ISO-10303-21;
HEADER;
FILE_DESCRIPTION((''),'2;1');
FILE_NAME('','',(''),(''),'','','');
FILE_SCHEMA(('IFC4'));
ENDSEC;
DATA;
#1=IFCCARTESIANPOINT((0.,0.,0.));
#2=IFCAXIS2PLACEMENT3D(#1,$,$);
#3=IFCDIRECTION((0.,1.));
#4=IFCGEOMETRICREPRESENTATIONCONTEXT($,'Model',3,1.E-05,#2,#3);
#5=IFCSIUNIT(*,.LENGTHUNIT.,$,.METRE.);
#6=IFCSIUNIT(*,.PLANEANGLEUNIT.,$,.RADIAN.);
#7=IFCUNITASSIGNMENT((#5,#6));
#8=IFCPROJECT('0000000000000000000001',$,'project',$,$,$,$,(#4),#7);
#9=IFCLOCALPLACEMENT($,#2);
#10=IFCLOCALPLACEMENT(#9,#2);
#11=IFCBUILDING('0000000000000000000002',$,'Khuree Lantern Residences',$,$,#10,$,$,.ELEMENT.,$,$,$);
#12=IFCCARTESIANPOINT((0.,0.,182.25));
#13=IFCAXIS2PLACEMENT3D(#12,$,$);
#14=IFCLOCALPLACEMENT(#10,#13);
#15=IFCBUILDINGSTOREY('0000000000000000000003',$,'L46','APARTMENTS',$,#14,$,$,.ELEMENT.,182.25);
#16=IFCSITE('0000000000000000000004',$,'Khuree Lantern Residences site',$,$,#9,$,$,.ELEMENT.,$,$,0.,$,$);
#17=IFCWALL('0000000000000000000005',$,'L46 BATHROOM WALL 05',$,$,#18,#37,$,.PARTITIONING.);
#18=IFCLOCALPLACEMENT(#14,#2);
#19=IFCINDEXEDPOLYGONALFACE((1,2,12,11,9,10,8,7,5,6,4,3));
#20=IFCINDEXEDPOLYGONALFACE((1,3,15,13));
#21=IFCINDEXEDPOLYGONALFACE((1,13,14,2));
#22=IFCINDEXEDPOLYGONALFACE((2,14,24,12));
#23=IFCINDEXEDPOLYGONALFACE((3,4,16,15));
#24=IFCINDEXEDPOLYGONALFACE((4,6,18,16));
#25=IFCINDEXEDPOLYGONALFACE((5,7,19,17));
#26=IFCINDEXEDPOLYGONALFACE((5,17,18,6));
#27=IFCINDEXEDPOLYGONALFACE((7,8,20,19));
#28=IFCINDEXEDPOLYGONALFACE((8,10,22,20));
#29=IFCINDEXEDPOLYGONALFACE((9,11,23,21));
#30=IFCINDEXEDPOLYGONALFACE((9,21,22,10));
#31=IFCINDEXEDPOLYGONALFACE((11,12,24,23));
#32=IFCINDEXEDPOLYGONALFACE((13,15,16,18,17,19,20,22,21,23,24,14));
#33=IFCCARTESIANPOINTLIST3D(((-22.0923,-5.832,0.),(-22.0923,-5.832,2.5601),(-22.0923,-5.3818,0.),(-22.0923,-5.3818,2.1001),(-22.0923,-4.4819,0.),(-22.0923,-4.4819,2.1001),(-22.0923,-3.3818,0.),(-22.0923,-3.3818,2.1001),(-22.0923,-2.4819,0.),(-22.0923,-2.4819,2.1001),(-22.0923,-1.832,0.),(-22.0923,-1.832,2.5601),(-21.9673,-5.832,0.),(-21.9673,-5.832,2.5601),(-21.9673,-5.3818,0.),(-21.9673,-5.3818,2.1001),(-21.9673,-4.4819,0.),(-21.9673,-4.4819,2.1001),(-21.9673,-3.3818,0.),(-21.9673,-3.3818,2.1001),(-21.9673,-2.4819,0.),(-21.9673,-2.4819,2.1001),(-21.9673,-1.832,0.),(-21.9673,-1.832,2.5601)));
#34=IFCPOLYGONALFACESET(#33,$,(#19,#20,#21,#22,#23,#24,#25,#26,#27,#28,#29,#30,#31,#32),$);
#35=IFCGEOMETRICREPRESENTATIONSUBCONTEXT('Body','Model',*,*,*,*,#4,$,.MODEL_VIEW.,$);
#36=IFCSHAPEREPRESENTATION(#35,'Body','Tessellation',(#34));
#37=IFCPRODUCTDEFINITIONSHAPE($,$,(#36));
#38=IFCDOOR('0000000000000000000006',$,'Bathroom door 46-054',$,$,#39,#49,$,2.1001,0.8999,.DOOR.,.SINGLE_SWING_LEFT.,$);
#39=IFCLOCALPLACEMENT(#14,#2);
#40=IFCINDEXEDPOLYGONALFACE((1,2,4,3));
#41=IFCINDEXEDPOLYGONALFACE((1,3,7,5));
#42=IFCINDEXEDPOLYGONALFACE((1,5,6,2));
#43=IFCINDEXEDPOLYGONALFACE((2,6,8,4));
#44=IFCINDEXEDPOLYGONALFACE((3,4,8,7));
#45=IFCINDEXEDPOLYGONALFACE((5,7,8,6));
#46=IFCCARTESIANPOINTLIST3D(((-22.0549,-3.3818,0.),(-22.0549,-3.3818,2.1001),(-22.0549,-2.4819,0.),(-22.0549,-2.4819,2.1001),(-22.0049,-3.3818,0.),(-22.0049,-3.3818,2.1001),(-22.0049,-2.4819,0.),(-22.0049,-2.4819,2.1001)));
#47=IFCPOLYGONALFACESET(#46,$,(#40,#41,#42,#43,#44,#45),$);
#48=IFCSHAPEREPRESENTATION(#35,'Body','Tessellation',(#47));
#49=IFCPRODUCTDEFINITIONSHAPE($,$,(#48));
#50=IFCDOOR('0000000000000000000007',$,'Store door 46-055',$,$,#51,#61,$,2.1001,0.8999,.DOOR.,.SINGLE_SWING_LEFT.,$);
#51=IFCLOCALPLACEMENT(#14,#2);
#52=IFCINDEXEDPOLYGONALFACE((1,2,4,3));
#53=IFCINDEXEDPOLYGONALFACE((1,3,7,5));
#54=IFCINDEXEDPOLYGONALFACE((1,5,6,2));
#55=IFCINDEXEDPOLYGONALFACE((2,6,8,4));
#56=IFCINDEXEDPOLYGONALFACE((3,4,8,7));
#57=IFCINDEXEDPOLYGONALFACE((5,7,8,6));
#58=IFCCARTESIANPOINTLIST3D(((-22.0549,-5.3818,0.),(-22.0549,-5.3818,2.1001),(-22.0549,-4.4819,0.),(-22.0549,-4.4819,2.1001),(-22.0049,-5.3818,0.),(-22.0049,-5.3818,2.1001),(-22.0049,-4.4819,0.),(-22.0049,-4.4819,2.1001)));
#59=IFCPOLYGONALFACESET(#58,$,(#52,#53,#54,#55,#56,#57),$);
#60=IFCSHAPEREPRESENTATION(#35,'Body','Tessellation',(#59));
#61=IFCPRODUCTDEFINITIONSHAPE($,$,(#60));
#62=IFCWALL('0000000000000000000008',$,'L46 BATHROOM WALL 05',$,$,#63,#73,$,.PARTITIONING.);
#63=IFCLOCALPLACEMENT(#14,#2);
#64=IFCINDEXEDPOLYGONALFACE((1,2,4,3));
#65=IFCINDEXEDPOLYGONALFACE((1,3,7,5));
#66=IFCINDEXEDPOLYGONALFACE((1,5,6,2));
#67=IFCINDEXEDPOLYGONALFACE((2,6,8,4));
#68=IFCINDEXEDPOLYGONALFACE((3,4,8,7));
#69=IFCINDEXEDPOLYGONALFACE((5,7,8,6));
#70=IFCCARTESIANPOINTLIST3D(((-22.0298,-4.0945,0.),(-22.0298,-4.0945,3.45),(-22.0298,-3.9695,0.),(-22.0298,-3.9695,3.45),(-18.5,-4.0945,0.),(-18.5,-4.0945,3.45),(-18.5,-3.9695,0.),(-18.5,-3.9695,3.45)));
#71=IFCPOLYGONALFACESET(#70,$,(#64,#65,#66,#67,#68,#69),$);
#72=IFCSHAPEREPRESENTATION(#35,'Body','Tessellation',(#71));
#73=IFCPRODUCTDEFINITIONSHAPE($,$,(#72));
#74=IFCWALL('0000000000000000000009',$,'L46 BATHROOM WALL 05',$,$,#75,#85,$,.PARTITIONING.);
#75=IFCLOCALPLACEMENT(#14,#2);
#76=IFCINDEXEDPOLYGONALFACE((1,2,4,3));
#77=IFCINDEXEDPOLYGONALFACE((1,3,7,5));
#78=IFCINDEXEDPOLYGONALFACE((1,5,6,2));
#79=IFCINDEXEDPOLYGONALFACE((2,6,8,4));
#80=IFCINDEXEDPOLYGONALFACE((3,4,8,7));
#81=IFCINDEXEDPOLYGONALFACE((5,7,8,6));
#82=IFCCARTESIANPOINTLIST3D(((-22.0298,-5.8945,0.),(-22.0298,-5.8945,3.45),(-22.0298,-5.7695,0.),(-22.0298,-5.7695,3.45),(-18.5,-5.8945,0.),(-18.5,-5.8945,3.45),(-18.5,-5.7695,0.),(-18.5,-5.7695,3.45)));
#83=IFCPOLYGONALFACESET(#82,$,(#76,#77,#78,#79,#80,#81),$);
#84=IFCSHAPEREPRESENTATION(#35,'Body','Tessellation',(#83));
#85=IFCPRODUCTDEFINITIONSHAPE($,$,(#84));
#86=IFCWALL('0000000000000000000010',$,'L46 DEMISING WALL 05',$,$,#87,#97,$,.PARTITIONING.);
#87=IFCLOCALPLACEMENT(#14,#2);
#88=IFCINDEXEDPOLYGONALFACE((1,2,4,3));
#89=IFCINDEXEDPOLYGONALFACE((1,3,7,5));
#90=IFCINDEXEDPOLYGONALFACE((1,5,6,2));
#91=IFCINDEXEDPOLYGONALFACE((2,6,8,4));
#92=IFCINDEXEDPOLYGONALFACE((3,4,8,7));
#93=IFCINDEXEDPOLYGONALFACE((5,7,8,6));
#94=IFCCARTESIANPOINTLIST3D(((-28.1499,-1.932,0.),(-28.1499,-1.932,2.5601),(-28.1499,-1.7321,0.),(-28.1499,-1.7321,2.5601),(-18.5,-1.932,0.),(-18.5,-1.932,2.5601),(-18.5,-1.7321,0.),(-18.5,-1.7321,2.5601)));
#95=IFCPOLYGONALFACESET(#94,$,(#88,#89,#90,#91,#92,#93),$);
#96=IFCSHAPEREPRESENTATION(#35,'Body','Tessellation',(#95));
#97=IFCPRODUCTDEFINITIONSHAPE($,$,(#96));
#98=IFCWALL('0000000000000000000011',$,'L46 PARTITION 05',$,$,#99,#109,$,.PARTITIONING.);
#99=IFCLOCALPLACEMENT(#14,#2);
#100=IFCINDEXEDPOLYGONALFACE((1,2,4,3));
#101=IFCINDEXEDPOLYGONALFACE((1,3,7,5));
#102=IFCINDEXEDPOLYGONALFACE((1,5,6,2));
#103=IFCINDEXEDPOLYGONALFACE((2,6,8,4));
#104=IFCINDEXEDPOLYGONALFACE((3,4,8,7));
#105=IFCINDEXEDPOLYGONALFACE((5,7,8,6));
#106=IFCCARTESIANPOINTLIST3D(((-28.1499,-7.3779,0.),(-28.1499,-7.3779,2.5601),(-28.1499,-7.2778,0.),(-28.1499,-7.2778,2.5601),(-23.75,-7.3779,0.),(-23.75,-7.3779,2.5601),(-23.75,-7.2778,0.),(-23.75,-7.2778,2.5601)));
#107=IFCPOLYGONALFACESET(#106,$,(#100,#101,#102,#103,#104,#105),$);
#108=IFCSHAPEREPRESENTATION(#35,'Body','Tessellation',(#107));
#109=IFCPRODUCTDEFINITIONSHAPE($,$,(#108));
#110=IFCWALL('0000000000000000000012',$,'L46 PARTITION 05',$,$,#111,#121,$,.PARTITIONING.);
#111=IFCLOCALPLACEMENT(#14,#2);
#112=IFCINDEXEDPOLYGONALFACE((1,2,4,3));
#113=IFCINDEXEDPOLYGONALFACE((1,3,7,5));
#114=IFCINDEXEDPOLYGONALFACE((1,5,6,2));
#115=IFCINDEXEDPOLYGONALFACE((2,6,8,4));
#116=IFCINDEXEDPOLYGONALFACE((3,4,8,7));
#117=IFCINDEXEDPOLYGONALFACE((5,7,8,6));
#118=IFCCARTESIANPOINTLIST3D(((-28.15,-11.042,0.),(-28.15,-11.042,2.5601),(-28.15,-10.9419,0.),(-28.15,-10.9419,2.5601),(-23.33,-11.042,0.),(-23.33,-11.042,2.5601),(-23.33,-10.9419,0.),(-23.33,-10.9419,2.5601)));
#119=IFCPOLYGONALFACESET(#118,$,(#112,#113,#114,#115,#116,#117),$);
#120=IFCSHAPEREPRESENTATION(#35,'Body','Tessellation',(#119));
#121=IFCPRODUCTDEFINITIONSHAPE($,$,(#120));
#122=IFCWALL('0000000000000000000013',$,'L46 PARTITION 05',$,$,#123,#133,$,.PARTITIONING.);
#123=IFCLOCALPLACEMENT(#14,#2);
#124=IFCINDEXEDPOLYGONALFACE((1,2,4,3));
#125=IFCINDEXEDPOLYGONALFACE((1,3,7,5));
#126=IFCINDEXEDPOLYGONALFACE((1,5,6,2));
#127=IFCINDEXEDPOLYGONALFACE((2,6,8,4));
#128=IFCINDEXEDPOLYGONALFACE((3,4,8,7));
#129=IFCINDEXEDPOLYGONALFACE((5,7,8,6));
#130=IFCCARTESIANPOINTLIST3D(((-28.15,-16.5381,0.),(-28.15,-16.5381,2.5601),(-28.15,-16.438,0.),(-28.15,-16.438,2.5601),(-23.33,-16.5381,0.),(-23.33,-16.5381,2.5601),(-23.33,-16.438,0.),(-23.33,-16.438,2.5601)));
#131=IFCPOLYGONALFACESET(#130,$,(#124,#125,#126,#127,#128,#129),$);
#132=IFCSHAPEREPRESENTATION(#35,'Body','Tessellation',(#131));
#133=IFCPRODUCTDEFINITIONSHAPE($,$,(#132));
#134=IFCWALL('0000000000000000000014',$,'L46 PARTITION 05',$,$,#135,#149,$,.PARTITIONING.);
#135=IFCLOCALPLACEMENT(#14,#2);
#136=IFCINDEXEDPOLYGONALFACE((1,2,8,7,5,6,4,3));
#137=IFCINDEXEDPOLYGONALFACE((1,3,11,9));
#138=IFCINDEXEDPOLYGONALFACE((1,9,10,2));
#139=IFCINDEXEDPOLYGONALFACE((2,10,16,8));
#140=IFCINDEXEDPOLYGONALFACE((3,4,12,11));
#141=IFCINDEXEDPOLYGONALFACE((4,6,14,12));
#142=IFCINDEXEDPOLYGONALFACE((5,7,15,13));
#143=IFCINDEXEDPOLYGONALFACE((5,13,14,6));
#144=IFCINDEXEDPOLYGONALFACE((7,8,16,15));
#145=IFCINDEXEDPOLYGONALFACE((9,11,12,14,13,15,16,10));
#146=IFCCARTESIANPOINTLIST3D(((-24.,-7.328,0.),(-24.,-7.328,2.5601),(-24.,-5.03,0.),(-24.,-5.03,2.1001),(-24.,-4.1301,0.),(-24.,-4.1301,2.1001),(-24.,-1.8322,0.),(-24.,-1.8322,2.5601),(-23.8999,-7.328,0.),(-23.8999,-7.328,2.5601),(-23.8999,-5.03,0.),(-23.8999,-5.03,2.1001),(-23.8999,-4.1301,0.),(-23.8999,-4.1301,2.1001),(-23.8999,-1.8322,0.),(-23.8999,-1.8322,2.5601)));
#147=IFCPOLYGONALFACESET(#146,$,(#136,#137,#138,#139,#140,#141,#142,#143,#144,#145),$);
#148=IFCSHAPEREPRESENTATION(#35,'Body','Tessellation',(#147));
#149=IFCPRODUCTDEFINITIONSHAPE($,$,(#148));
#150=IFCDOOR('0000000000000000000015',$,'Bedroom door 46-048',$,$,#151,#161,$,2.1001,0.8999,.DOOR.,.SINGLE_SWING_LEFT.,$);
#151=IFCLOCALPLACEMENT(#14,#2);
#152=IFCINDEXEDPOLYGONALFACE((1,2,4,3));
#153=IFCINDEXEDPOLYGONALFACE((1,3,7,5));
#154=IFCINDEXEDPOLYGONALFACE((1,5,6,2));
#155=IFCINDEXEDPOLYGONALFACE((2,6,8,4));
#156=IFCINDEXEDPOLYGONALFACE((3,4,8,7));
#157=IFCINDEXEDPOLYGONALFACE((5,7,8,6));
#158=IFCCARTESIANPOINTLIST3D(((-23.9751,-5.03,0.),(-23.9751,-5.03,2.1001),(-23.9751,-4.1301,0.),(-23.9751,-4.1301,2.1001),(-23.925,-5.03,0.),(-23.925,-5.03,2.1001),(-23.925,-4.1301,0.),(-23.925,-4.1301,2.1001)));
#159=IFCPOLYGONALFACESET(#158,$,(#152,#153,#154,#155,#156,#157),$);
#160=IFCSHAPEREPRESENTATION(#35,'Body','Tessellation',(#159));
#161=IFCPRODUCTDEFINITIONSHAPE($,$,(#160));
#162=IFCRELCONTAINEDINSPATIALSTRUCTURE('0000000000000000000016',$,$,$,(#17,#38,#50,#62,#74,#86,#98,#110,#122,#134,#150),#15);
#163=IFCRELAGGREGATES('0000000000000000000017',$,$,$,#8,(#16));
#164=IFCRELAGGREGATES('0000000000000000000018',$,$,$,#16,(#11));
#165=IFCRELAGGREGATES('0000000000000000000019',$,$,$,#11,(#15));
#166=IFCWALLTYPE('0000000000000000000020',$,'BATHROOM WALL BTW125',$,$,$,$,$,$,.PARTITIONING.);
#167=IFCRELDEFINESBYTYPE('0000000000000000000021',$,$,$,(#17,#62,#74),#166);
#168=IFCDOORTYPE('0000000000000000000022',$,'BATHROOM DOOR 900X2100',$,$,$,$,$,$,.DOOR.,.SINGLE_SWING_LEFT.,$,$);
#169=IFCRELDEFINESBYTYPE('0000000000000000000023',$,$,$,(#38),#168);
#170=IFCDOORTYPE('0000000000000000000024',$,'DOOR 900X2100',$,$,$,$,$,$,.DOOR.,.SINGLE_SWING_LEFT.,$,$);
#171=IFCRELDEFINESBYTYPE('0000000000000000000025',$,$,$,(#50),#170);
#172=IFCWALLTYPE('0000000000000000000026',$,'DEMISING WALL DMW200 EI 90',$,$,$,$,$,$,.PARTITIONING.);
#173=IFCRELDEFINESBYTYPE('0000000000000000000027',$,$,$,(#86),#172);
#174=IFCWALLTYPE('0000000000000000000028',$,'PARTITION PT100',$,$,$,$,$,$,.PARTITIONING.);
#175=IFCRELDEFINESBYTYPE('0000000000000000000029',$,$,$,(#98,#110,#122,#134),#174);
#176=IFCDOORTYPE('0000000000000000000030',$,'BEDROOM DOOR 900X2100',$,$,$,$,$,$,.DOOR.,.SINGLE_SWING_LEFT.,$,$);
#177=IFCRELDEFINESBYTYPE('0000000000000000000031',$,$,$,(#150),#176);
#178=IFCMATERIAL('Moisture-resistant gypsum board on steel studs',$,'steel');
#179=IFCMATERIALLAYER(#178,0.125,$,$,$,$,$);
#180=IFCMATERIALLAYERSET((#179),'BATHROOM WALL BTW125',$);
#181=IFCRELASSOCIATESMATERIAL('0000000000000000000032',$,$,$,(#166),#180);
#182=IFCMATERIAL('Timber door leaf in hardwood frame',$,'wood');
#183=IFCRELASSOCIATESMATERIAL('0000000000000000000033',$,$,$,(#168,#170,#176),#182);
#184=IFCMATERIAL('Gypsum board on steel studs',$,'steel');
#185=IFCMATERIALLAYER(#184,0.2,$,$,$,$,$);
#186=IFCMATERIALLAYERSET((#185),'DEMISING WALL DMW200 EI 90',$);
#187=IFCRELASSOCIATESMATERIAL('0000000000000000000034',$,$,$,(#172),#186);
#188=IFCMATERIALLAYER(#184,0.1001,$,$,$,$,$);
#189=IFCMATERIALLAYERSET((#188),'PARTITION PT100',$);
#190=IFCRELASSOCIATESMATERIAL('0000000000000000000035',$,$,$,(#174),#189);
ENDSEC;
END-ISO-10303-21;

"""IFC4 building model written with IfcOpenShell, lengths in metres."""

from ifc_helpers import new_model, si_unit, direction, frame, frame_2d, origin, place, context, subcontext, project, spatial, rectangle, extrude, material, layer, layer_set, type_object, element, fill, save


model = new_model("IFC4")

# Units and contexts
model_context = context("Model", 3, precision=1e-05, world=origin(), true_north=direction((0.0, 1.0)))
body_context = subcontext(model_context, "Body", "Model", "MODEL_VIEW")
ifc_project = project(units=[si_unit("LENGTHUNIT", "METRE"), si_unit("PLANEANGLEUNIT", "RADIAN")], contexts=[model_context])

# Site, building, storey
site_placement = place(None, origin())
site = spatial("IfcSite", under=ifc_project, at=site_placement, Name="Khuree Lantern Residences site", CompositionType="ELEMENT", RefElevation=0.0)
building_placement = place(site_placement, origin())
building = spatial("IfcBuilding", under=site, at=building_placement, Name="Khuree Lantern Residences", CompositionType="ELEMENT")
storey_placement = place(building_placement, frame((0.0, 0.0, 182.25)))
storey = spatial("IfcBuildingStorey", under=building, at=storey_placement, Name="L46", Description="APARTMENTS", CompositionType="ELEMENT", Elevation=182.25)

# Shared definitions
ifc_material_1 = material(Name="Moisture-resistant gypsum board on steel studs", Category="steel")
ifc_layer_1 = layer(ifc_material_1, 0.125)
ifc_layer_set_1 = layer_set([ifc_layer_1], Name="BATHROOM WALL BTW125")
wall_type_1 = type_object("IfcWallType", Name="BATHROOM WALL BTW125", PredefinedType="PARTITIONING", material=ifc_layer_set_1)

# Wall, openings, doors
wall_1_placement = place(storey_placement, frame((-22.0298, -1.832, 0.0), z_axis=(0.0, 0.0, 1.0), x_axis=(0.0, -1.0, 0.0)))
wall_1 = element("IfcWall", 1, at=wall_1_placement, inside=storey, type_object=wall_type_1, Name="L46 BATHROOM WALL 05", PredefinedType="PARTITIONING", context=body_context, shape_type="SweptSolid", body=[
    extrude(rectangle(XDim=4.0, YDim=0.125, at=frame_2d((2.0, 0.0))), origin(), (0.0, 0.0, 1.0), 2.5601),
])
opening_1_placement = place(wall_1_placement, frame((0.6499, 0.0, 0.0)))
opening_1 = element("IfcOpeningElement", 2, at=opening_1_placement, cuts=wall_1, PredefinedType="OPENING", context=body_context, shape_type="SweptSolid", body=[
    extrude(rectangle(XDim=0.8999, YDim=2.1001, at=frame_2d((0.45, 1.05))), frame((0.0, 0.0725, 0.0), z_axis=(0.0, -1.0, 0.0), x_axis=(1.0, 0.0, 0.0)), (0.0, 0.0, 1.0), 0.145),
])
opening_2_placement = place(wall_1_placement, frame((2.6499, 0.0, 0.0)))
opening_2 = element("IfcOpeningElement", 3, at=opening_2_placement, cuts=wall_1, PredefinedType="OPENING", context=body_context, shape_type="SweptSolid", body=[
    extrude(rectangle(XDim=0.8999, YDim=2.1001, at=frame_2d((0.45, 1.05))), frame((0.0, 0.0725, 0.0), z_axis=(0.0, -1.0, 0.0), x_axis=(1.0, 0.0, 0.0)), (0.0, 0.0, 1.0), 0.145),
])
ifc_material_2 = material(Name="Timber door leaf in hardwood frame", Category="wood")
door_type_1 = type_object("IfcDoorType", Name="BATHROOM DOOR 900X2100", OperationType="SINGLE_SWING_LEFT", PredefinedType="DOOR", material=ifc_material_2)
door_1_placement = place(opening_1_placement, origin())
door_1 = element("IfcDoor", 4, at=door_1_placement, inside=storey, type_object=door_type_1, Name="Bathroom door 46-054", OperationType="SINGLE_SWING_LEFT", OverallHeight=2.1001, OverallWidth=0.8999, PredefinedType="DOOR", context=body_context, shape_type="SweptSolid", body=[
    extrude(rectangle(XDim=0.8999, YDim=2.1001, at=frame_2d((0.45, 1.05))), frame((0.0, 0.0249, 0.0), z_axis=(0.0, -1.0, 0.0), x_axis=(1.0, 0.0, 0.0)), (0.0, 0.0, 1.0), 0.05),
])
fill(opening_1, door_1)
door_type_2 = type_object("IfcDoorType", Name="DOOR 900X2100", OperationType="SINGLE_SWING_LEFT", PredefinedType="DOOR", material=ifc_material_2)
door_2_placement = place(opening_2_placement, origin())
door_2 = element("IfcDoor", 5, at=door_2_placement, inside=storey, type_object=door_type_2, Name="Store door 46-055", OperationType="SINGLE_SWING_LEFT", OverallHeight=2.1001, OverallWidth=0.8999, PredefinedType="DOOR", context=body_context, shape_type="SweptSolid", body=[
    extrude(rectangle(XDim=0.8999, YDim=2.1001, at=frame_2d((0.45, 1.05))), frame((0.0, 0.0249, 0.0), z_axis=(0.0, -1.0, 0.0), x_axis=(1.0, 0.0, 0.0)), (0.0, 0.0, 1.0), 0.05),
])
fill(opening_2, door_2)

# Walls
for number, where, z_axis, x_axis, name in (
    (6, (-18.5, -4.032, 0.0), (0.0, 0.0, 1.0), (-1.0, 0.0, 0.0), "L46 BATHROOM WALL 05"),
    (7, (-18.5, -5.832, 0.0), (0.0, 0.0, 1.0), (-1.0, 0.0, 0.0), "L46 BATHROOM WALL 05"),
):
    element("IfcWall", number, at=place(storey_placement, frame(where, z_axis=z_axis, x_axis=x_axis)), inside=storey, type_object=wall_type_1, Name=name, PredefinedType="PARTITIONING", context=body_context, shape_type="SweptSolid", body=[
        extrude(rectangle(XDim=3.5298, YDim=0.125, at=frame_2d((1.7649, 0.0))), origin(), (0.0, 0.0, 1.0), 3.45),
    ])
ifc_material_3 = material(Name="Gypsum board on steel studs", Category="steel")
ifc_layer_2 = layer(ifc_material_3, 0.2)
ifc_layer_set_2 = layer_set([ifc_layer_2], Name="DEMISING WALL DMW200 EI 90")
wall_type_2 = type_object("IfcWallType", Name="DEMISING WALL DMW200 EI 90", PredefinedType="PARTITIONING", material=ifc_layer_set_2)
wall_2_placement = place(storey_placement, frame((-18.5, -1.832, 0.0), z_axis=(0.0, 0.0, 1.0), x_axis=(-1.0, 0.0, 0.0)))
element("IfcWall", 8, at=wall_2_placement, inside=storey, type_object=wall_type_2, Name="L46 DEMISING WALL 05", PredefinedType="PARTITIONING", context=body_context, shape_type="SweptSolid", body=[
    extrude(rectangle(XDim=9.6499, YDim=0.2, at=frame_2d((4.825, 0.0))), origin(), (0.0, 0.0, 1.0), 2.5601),
])
ifc_layer_3 = layer(ifc_material_3, 0.1001)
ifc_layer_set_3 = layer_set([ifc_layer_3], Name="PARTITION PT100")
wall_type_3 = type_object("IfcWallType", Name="PARTITION PT100", PredefinedType="PARTITIONING", material=ifc_layer_set_3)
wall_3_placement = place(storey_placement, frame((-23.75, -7.3279, 0.0), z_axis=(0.0, 0.0, 1.0), x_axis=(-1.0, 0.0, 0.0)))
element("IfcWall", 9, at=wall_3_placement, inside=storey, type_object=wall_type_3, Name="L46 PARTITION 05", PredefinedType="PARTITIONING", context=body_context, shape_type="SweptSolid", body=[
    extrude(rectangle(XDim=4.3999, YDim=0.1001, at=frame_2d((2.2, 0.0))), origin(), (0.0, 0.0, 1.0), 2.5601),
])
for number, where, z_axis, x_axis, name in (
    (10, (-23.3298, -10.9919, 0.0), (0.0, 0.0, 1.0), (-1.0, 0.0, 0.0), "L46 PARTITION 05"),
    (11, (-23.3298, -16.488, 0.0), (0.0, 0.0, 1.0), (-1.0, 0.0, 0.0), "L46 PARTITION 05"),
):
    element("IfcWall", number, at=place(storey_placement, frame(where, z_axis=z_axis, x_axis=x_axis)), inside=storey, type_object=wall_type_3, Name=name, PredefinedType="PARTITIONING", context=body_context, shape_type="SweptSolid", body=[
        extrude(rectangle(XDim=4.8201, YDim=0.1001, at=frame_2d((2.4102, 0.0))), origin(), (0.0, 0.0, 1.0), 2.5601),
    ])

# Wall, opening, door
wall_4_placement = place(storey_placement, frame((-23.95, -1.832, 0.0), z_axis=(0.0, 0.0, 1.0), x_axis=(0.0, -1.0, 0.0)))
wall_4 = element("IfcWall", 12, at=wall_4_placement, inside=storey, type_object=wall_type_3, Name="L46 PARTITION 05", PredefinedType="PARTITIONING", context=body_context, shape_type="SweptSolid", body=[
    extrude(rectangle(XDim=5.4958, YDim=0.1001, at=frame_2d((2.748, 0.0))), origin(), (0.0, 0.0, 1.0), 2.5601),
])
opening_3_placement = place(wall_4_placement, frame((2.2981, 0.0, 0.0)))
opening_3 = element("IfcOpeningElement", 13, at=opening_3_placement, cuts=wall_4, PredefinedType="OPENING", context=body_context, shape_type="SweptSolid", body=[
    extrude(rectangle(XDim=0.8999, YDim=2.1001, at=frame_2d((0.45, 1.05))), frame((0.0, 0.0601, 0.0), z_axis=(0.0, -1.0, 0.0), x_axis=(1.0, 0.0, 0.0)), (0.0, 0.0, 1.0), 0.1201),
])
door_type_3 = type_object("IfcDoorType", Name="BEDROOM DOOR 900X2100", OperationType="SINGLE_SWING_LEFT", PredefinedType="DOOR", material=ifc_material_2)
door_3_placement = place(opening_3_placement, origin())
door_3 = element("IfcDoor", 14, at=door_3_placement, inside=storey, type_object=door_type_3, Name="Bedroom door 46-048", OperationType="SINGLE_SWING_LEFT", OverallHeight=2.1001, OverallWidth=0.8999, PredefinedType="DOOR", context=body_context, shape_type="SweptSolid", body=[
    extrude(rectangle(XDim=0.8999, YDim=2.1001, at=frame_2d((0.45, 1.05))), frame((0.0, 0.0249, 0.0), z_axis=(0.0, -1.0, 0.0), x_axis=(1.0, 0.0, 0.0)), (0.0, 0.0, 1.0), 0.05),
])
fill(opening_3, door_3)

save(model, "model.ifc")
